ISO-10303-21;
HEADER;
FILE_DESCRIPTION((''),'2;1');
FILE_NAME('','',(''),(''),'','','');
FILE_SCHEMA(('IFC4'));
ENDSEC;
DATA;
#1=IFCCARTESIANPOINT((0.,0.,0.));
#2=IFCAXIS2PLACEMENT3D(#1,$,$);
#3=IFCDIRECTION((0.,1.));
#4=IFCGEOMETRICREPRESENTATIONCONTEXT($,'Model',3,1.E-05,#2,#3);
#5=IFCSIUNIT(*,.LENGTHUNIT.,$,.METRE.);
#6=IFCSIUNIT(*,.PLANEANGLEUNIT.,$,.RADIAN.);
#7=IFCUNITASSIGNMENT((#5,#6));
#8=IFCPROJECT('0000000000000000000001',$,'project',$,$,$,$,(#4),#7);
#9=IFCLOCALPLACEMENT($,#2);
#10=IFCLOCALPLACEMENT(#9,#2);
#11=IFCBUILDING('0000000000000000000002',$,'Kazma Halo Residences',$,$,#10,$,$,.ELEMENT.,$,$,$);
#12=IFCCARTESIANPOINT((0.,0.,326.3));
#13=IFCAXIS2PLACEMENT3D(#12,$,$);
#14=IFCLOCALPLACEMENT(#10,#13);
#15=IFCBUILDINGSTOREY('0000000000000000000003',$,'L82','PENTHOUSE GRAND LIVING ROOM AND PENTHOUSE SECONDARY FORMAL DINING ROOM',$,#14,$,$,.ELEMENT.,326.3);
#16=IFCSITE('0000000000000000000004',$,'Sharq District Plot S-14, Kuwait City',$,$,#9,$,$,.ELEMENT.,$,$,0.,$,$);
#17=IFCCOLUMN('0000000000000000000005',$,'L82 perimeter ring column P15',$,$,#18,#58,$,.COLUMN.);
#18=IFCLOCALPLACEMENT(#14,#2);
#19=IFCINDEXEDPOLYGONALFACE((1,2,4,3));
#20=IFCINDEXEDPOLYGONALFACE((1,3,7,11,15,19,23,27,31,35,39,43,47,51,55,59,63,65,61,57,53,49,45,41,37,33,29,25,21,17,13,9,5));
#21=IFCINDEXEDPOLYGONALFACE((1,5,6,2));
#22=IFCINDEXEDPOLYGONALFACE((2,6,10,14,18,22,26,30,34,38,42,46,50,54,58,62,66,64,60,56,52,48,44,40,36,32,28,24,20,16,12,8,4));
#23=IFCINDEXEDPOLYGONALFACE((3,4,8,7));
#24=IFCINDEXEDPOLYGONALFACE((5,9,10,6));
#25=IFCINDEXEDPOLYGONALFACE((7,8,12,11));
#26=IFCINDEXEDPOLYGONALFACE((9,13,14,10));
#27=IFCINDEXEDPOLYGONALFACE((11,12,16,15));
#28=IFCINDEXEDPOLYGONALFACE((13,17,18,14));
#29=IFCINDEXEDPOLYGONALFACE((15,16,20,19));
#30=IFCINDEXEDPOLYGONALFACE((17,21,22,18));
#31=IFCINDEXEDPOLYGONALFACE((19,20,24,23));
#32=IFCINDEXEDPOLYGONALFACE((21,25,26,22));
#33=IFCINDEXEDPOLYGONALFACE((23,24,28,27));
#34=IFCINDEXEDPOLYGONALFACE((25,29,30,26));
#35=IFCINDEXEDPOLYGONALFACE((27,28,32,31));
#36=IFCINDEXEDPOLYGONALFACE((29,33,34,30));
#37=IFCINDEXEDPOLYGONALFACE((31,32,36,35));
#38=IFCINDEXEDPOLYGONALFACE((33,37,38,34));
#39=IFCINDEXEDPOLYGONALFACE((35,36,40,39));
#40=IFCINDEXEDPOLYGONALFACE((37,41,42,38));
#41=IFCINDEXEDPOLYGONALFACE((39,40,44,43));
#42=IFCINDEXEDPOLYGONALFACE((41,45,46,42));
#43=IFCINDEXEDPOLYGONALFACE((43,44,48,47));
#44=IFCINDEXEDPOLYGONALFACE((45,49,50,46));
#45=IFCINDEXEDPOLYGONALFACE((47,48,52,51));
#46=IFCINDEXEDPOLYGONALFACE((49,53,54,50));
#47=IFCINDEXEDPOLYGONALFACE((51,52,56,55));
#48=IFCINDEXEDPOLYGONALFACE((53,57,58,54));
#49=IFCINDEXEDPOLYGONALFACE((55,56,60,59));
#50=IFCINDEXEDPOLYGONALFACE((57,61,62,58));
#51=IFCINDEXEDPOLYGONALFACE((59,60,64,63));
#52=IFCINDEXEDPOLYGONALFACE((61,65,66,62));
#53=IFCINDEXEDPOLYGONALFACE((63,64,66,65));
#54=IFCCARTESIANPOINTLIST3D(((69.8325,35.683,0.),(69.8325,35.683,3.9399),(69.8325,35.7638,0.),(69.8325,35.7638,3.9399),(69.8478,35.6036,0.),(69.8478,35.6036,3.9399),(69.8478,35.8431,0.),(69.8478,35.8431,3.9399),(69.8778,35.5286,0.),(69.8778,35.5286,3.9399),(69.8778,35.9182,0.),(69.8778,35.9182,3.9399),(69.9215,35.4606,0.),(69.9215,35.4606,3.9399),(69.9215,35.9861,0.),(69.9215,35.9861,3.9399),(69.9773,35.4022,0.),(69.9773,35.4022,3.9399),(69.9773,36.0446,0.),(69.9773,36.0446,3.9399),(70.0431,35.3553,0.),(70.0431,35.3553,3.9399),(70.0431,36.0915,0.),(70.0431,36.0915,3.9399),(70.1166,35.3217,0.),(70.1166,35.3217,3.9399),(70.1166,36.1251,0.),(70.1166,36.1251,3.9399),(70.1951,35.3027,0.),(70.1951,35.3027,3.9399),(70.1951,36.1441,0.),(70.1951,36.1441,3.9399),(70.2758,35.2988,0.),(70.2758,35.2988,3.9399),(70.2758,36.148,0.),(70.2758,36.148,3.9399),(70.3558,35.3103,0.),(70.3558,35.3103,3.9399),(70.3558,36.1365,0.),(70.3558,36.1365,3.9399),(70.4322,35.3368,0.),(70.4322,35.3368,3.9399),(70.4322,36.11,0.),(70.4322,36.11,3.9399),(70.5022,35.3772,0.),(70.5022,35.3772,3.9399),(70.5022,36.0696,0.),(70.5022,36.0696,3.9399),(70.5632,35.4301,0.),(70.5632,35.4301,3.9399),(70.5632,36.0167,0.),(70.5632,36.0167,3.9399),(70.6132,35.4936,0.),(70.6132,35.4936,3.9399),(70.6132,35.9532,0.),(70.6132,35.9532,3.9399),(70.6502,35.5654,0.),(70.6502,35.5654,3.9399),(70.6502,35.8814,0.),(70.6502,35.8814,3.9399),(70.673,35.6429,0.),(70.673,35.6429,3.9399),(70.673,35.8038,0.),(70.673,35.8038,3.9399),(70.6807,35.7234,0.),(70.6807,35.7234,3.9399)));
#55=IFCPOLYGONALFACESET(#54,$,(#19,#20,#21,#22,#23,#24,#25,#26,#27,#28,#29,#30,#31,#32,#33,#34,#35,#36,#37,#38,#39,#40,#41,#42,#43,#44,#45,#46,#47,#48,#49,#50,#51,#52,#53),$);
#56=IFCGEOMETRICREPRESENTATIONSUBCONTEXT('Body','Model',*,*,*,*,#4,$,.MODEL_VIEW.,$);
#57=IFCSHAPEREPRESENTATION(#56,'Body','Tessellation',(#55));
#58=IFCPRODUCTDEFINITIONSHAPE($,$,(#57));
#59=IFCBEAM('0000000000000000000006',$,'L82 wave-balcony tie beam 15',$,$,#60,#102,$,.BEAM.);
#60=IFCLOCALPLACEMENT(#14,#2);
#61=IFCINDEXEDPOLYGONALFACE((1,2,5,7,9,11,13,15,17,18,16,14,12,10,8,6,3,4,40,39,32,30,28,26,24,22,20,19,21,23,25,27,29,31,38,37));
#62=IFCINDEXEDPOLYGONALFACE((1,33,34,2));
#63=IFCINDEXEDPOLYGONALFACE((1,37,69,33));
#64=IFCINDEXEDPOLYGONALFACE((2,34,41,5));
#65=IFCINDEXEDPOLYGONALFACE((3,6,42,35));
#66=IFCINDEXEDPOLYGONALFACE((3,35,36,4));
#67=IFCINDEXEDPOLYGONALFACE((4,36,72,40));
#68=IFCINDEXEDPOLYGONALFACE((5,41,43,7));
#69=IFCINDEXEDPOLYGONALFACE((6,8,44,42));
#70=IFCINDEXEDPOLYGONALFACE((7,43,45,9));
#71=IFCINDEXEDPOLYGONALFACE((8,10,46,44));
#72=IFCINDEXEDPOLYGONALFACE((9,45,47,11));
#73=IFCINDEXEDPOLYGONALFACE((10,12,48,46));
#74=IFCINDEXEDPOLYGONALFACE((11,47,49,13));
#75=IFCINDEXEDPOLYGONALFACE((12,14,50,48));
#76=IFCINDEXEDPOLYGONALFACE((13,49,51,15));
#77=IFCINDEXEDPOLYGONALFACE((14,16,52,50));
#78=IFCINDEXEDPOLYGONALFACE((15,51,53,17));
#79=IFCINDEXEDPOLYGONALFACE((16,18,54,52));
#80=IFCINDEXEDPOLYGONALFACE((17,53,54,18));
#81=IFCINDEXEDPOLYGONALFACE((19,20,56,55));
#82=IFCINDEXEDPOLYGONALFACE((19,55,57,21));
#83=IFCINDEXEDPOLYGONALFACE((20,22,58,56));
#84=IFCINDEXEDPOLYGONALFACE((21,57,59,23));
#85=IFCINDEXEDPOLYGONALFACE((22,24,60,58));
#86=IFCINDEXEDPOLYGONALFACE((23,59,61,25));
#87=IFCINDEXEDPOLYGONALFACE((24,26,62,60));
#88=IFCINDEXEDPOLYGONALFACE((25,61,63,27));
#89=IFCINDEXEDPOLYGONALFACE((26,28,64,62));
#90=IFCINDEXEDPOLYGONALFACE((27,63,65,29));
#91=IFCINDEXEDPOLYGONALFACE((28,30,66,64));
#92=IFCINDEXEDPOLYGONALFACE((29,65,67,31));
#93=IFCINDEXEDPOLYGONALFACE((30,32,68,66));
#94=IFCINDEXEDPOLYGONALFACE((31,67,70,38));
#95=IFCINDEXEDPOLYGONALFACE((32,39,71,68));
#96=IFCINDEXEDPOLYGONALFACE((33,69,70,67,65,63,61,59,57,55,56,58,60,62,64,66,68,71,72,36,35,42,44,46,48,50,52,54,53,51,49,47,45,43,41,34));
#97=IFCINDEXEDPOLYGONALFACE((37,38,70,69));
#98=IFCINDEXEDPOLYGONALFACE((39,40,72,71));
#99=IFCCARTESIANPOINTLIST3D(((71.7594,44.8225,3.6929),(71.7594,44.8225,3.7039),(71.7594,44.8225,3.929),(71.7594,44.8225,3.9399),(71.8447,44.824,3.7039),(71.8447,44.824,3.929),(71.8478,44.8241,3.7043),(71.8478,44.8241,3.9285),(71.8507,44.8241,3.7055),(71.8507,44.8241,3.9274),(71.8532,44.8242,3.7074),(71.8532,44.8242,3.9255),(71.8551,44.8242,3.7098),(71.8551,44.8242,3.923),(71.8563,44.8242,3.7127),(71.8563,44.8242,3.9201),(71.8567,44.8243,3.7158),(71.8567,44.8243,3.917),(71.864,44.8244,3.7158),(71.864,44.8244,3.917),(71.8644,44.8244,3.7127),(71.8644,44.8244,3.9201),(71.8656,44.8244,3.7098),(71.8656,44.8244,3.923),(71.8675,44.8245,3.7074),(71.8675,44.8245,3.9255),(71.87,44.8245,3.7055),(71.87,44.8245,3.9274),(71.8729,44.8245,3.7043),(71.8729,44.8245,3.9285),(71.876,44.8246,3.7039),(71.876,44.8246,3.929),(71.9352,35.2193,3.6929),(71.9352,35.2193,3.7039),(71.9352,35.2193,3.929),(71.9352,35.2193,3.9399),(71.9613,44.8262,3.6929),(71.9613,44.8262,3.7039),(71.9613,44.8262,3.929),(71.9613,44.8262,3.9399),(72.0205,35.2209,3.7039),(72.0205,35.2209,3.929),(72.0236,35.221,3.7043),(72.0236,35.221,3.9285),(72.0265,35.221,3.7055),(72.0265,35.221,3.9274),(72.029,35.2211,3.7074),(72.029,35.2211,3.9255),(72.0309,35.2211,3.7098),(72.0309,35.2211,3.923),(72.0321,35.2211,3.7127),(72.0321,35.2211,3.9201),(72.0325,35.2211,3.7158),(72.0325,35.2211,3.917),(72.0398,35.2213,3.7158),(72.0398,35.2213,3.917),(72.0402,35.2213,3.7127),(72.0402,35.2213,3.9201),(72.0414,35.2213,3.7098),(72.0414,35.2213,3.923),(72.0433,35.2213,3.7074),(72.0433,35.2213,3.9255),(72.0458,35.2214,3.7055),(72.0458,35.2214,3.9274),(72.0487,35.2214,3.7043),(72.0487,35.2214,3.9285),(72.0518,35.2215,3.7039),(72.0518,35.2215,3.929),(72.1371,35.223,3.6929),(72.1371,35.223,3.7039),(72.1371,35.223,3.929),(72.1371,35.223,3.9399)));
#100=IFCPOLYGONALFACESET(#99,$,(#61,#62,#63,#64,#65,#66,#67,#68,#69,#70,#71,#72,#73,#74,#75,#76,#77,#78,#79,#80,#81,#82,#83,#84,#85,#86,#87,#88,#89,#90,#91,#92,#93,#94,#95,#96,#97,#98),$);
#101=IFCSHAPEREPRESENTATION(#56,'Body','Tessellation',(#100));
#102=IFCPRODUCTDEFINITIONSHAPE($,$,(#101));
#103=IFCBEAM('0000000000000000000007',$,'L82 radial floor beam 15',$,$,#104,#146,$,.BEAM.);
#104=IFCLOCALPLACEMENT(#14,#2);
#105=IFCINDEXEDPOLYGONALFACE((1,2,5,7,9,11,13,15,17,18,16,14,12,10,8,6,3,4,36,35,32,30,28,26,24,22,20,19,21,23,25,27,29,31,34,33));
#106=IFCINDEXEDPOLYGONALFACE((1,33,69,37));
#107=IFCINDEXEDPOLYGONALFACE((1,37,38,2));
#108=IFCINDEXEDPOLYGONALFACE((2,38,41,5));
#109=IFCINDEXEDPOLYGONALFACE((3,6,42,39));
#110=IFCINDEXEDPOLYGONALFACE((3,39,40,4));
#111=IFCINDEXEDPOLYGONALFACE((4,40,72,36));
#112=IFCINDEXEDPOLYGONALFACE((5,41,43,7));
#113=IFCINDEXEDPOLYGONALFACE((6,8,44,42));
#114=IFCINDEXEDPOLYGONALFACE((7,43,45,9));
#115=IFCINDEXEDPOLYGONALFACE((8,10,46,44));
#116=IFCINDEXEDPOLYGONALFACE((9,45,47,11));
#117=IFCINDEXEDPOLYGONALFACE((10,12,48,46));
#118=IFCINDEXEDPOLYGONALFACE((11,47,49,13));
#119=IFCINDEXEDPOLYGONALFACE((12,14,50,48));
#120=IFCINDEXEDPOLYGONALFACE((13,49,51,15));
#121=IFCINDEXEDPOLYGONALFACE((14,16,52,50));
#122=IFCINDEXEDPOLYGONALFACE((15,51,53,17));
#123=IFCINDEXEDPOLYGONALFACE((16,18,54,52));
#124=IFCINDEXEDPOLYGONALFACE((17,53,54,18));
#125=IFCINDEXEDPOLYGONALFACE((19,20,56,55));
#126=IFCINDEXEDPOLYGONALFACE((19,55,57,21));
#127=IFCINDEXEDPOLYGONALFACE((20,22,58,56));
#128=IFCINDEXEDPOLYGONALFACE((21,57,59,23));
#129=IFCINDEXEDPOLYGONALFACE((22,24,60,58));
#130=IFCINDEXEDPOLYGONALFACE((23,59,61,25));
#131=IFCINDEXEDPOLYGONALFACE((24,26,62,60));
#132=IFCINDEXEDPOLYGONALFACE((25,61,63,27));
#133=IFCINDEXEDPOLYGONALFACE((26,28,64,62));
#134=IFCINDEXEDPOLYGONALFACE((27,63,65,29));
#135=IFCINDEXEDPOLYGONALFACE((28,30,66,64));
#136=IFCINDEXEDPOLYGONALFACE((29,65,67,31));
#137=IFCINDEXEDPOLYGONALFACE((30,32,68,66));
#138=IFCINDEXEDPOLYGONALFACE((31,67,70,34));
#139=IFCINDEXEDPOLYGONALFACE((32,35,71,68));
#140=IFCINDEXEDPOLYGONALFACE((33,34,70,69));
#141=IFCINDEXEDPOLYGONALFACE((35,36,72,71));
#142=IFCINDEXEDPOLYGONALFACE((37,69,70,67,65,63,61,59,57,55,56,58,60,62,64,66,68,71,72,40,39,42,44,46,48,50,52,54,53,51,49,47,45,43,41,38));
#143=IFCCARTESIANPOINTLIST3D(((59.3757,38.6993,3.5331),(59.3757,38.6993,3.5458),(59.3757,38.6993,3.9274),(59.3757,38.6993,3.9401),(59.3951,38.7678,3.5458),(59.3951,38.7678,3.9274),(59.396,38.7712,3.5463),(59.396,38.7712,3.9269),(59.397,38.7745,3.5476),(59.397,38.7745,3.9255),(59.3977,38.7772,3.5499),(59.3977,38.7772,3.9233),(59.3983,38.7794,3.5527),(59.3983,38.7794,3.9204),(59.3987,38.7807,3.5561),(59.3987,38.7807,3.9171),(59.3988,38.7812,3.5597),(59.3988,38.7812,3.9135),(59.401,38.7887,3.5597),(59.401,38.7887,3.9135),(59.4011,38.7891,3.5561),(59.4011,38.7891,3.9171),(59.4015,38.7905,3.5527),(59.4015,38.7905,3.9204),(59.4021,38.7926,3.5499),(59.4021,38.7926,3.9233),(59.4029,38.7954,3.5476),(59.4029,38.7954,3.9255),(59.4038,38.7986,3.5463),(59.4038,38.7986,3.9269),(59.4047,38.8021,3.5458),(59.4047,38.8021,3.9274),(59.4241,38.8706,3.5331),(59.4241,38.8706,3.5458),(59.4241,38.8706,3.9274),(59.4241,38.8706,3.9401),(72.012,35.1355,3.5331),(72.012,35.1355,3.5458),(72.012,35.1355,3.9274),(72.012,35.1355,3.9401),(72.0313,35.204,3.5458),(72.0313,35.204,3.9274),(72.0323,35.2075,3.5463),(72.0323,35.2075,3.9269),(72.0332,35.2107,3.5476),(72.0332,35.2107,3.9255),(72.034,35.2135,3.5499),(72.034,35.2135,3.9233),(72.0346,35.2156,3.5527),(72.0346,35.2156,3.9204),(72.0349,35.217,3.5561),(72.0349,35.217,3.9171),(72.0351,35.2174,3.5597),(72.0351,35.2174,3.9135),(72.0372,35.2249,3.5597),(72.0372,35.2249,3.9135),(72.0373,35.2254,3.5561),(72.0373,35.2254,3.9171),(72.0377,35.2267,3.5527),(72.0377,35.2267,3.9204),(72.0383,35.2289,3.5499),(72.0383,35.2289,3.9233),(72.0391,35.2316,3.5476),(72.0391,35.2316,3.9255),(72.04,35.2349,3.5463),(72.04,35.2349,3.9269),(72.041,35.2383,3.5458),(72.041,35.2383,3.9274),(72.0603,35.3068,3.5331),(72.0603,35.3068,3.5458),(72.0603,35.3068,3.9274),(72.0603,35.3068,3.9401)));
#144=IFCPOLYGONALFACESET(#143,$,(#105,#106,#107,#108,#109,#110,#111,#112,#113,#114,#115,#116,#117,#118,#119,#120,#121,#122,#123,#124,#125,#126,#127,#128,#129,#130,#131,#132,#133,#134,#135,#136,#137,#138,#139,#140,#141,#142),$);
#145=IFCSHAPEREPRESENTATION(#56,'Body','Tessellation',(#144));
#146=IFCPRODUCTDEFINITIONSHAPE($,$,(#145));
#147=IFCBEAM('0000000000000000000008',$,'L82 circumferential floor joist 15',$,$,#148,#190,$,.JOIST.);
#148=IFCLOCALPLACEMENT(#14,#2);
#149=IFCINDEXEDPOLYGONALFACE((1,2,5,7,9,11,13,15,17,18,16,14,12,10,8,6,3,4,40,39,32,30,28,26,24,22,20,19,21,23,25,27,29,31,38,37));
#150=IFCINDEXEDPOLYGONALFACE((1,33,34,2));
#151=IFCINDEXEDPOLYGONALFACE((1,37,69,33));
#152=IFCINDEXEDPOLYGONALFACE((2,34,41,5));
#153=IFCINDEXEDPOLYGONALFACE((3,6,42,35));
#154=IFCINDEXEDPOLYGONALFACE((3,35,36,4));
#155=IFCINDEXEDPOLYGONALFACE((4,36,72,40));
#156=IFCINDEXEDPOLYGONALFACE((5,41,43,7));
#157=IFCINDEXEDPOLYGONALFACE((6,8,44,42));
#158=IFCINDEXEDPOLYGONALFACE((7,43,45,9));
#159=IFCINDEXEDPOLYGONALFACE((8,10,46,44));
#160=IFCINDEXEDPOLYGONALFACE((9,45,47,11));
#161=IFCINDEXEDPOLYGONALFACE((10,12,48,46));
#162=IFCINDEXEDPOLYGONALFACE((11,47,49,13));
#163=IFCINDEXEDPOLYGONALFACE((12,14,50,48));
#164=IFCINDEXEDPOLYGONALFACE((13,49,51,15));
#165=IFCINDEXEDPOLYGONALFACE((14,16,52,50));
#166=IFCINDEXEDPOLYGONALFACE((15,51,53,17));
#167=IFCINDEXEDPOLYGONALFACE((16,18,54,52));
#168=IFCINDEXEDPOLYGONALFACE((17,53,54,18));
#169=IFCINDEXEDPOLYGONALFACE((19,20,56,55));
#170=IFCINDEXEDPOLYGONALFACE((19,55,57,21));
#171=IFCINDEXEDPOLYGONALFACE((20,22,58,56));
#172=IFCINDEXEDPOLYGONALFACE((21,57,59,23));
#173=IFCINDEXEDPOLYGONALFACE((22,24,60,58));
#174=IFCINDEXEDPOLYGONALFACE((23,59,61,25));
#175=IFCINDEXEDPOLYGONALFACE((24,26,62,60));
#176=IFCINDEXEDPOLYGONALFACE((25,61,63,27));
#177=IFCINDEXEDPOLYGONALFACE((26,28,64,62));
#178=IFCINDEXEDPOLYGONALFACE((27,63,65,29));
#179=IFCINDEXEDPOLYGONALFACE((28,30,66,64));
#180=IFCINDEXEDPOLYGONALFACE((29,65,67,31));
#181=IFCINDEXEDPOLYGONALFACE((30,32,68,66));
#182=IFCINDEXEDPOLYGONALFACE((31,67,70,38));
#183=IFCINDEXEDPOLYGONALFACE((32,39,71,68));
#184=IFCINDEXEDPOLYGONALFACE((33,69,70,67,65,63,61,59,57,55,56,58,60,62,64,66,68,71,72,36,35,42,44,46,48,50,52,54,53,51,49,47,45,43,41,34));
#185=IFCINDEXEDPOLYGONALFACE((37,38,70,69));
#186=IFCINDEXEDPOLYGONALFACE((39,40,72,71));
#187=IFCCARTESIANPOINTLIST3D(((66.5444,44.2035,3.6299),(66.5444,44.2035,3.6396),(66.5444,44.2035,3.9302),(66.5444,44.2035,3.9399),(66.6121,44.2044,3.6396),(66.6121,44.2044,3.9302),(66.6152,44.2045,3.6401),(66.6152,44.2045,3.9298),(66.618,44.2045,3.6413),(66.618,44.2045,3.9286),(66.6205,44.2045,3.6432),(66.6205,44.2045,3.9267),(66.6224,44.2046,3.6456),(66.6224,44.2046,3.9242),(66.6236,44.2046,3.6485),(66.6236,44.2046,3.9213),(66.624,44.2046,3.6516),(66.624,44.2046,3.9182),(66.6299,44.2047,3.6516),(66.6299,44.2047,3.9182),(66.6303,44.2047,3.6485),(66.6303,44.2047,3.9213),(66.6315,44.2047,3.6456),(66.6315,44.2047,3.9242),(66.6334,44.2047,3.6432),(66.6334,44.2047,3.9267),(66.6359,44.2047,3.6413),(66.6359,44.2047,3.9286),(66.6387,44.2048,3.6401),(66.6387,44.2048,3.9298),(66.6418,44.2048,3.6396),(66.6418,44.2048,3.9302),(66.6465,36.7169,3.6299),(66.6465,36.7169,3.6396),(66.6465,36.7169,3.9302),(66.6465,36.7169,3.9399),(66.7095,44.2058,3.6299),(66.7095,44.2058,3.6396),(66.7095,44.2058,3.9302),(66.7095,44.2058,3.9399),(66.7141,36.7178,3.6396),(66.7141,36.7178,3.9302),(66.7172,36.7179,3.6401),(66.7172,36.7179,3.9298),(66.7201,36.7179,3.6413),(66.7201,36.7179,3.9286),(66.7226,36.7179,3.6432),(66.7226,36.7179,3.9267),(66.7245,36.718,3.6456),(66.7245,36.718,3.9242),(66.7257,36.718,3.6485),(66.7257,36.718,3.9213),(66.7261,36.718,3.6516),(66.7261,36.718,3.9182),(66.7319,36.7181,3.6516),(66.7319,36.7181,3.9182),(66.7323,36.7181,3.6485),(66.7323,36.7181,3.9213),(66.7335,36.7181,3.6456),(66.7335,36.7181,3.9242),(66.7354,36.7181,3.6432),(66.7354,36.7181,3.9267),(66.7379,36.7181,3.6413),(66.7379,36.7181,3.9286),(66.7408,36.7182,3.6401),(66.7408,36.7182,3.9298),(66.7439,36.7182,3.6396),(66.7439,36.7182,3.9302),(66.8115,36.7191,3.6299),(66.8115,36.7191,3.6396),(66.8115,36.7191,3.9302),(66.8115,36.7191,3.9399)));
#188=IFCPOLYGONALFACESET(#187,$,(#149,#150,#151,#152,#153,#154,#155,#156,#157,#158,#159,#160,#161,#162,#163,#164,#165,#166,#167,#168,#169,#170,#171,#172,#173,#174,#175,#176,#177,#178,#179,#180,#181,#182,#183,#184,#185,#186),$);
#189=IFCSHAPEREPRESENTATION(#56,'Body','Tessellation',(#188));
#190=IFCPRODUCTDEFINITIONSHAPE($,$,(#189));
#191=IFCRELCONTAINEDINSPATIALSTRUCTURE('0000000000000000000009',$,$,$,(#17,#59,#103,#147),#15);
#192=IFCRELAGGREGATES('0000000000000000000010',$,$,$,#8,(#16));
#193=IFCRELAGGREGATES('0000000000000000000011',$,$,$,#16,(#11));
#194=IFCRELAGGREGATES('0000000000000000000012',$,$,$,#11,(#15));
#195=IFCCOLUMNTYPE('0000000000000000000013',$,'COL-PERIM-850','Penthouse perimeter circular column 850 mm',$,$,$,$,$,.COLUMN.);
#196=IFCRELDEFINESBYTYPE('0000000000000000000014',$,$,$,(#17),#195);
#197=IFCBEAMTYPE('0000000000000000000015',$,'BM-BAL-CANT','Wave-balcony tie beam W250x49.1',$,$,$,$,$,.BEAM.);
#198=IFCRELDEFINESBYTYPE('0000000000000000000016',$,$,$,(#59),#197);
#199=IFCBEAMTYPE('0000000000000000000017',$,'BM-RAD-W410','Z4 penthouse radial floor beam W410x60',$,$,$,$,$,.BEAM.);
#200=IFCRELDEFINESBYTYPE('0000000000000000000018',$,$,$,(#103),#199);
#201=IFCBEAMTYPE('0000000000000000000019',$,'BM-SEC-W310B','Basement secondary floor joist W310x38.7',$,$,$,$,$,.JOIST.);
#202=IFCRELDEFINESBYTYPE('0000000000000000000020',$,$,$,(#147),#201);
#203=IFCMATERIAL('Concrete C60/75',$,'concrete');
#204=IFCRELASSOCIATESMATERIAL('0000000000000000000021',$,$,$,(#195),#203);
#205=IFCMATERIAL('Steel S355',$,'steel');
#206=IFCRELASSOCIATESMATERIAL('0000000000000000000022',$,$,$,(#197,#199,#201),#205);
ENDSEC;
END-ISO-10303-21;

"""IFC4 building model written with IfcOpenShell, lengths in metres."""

from ifc_helpers import new_model, si_unit, direction, frame, origin, origin_2d, place, context, subcontext, project, spatial, circle, i_section, extrude, material, material_profile, profile_set, type_object, element, save


model = new_model("IFC4")

# Units and contexts
model_context = context("Model", 3, precision=1e-05, world=origin(), true_north=direction((0.0, 1.0)))
body_context = subcontext(model_context, "Body", "Model", "MODEL_VIEW")
ifc_project = project(units=[si_unit("LENGTHUNIT", "METRE"), si_unit("PLANEANGLEUNIT", "RADIAN")], contexts=[model_context])

# Site, building, storey
site_placement = place(None, origin())
site = spatial("IfcSite", under=ifc_project, at=site_placement, Name="Sharq District Plot S-14, Kuwait City", CompositionType="ELEMENT", RefElevation=0.0)
building_placement = place(site_placement, origin())
building = spatial("IfcBuilding", under=site, at=building_placement, Name="Kazma Halo Residences", CompositionType="ELEMENT")
storey_placement = place(building_placement, frame((0.0, 0.0, 326.3)))
storey = spatial("IfcBuildingStorey", under=building, at=storey_placement, Name="L82", Description="PENTHOUSE GRAND LIVING ROOM AND PENTHOUSE SECONDARY FORMAL DINING ROOM", CompositionType="ELEMENT", Elevation=326.3)

# Column
ifc_material_1 = material(Name="Concrete C60/75", Category="concrete")
ifc_material_profile_1 = material_profile(ifc_material_1, circle(Radius=0.425, at=origin_2d()), Name="CIRC850")
ifc_profile_set_1 = profile_set([ifc_material_profile_1], Name="Concrete C60/75")
column_type = type_object("IfcColumnType", Name="COL-PERIM-850", Description="Penthouse perimeter circular column 850 mm", PredefinedType="COLUMN", material=ifc_profile_set_1)
column_placement = place(storey_placement, frame((70.2556, 35.7234, 0.0), z_axis=(0.0, 0.0, 1.0), x_axis=(1.0, 0.0, 0.0)))
element("IfcColumn", 1, at=column_placement, inside=storey, type_object=column_type, Name="L82 perimeter ring column P15", PredefinedType="COLUMN", context=body_context, shape_type="SweptSolid", body=[
    extrude(circle(Radius=0.425, at=origin_2d()), origin(), (0.0, 0.0, 1.0), 3.9399),
])

# Beams
ifc_material_2 = material(Name="Steel S355", Category="steel")
ifc_material_profile_2 = material_profile(ifc_material_2, i_section(OverallWidth=0.2019, OverallDepth=0.2471, WebThickness=0.0073, FlangeThickness=0.011, FilletRadius=0.012, at=origin_2d()), Name="W250x49.1")
ifc_profile_set_2 = profile_set([ifc_material_profile_2], Name="Steel S355")
beam_type_1 = type_object("IfcBeamType", Name="BM-BAL-CANT", Description="Wave-balcony tie beam W250x49.1", PredefinedType="BEAM", material=ifc_profile_set_2)
beam_1_placement = place(storey_placement, frame((72.0361, 35.2212, 3.8164), z_axis=(-0.018302, 0.999833, 0.0), x_axis=(-0.999833, -0.018302, 0.0)))
element("IfcBeam", 2, at=beam_1_placement, inside=storey, type_object=beam_type_1, Name="L82 wave-balcony tie beam 15", PredefinedType="BEAM", context=body_context, shape_type="SweptSolid", body=[
    extrude(i_section(OverallWidth=0.2019, OverallDepth=0.2471, WebThickness=0.0073, FlangeThickness=0.011, FilletRadius=0.012, at=origin_2d()), origin(), (0.0, 0.0, 1.0), 9.6047),
])
ifc_material_profile_3 = material_profile(ifc_material_2, i_section(OverallWidth=0.178, OverallDepth=0.407, WebThickness=0.0078, FlangeThickness=0.0127, FilletRadius=0.0139, at=origin_2d()), Name="W410x60")
ifc_profile_set_3 = profile_set([ifc_material_profile_3], Name="Steel S355")
beam_type_2 = type_object("IfcBeamType", Name="BM-RAD-W410", Description="Z4 penthouse radial floor beam W410x60", PredefinedType="BEAM", material=ifc_profile_set_3)
beam_2_placement = place(storey_placement, frame((59.3999, 38.7849, 3.7366), z_axis=(0.962457, -0.271436, 0.0), x_axis=(0.271436, 0.962457, 0.0)))
element("IfcBeam", 3, at=beam_2_placement, inside=storey, type_object=beam_type_2, Name="L82 radial floor beam 15", PredefinedType="BEAM", context=body_context, shape_type="SweptSolid", body=[
    extrude(i_section(OverallWidth=0.178, OverallDepth=0.407, WebThickness=0.0078, FlangeThickness=0.0127, FilletRadius=0.0139, at=origin_2d()), origin(), (0.0, 0.0, 1.0), 13.1292),
])
ifc_material_profile_4 = material_profile(ifc_material_2, i_section(OverallWidth=0.165, OverallDepth=0.3101, WebThickness=0.0059, FlangeThickness=0.0098, FilletRadius=0.012, at=origin_2d()), Name="W310x38.7")
ifc_profile_set_4 = profile_set([ifc_material_profile_4], Name="Steel S355")
beam_type_3 = type_object("IfcBeamType", Name="BM-SEC-W310B", Description="Basement secondary floor joist W310x38.7", PredefinedType="JOIST", material=ifc_profile_set_4)
beam_3_placement = place(storey_placement, frame((66.729, 36.718, 3.7849), z_axis=(-0.01363, 0.999907, 0.0), x_axis=(-0.999907, -0.01363, 0.0)))
element("IfcBeam", 4, at=beam_3_placement, inside=storey, type_object=beam_type_3, Name="L82 circumferential floor joist 15", PredefinedType="JOIST", context=body_context, shape_type="SweptSolid", body=[
    extrude(i_section(OverallWidth=0.165, OverallDepth=0.3101, WebThickness=0.0059, FlangeThickness=0.0098, FilletRadius=0.012, at=origin_2d()), origin(), (0.0, 0.0, 1.0), 7.4873),
])

save(model, "model.ifc")
